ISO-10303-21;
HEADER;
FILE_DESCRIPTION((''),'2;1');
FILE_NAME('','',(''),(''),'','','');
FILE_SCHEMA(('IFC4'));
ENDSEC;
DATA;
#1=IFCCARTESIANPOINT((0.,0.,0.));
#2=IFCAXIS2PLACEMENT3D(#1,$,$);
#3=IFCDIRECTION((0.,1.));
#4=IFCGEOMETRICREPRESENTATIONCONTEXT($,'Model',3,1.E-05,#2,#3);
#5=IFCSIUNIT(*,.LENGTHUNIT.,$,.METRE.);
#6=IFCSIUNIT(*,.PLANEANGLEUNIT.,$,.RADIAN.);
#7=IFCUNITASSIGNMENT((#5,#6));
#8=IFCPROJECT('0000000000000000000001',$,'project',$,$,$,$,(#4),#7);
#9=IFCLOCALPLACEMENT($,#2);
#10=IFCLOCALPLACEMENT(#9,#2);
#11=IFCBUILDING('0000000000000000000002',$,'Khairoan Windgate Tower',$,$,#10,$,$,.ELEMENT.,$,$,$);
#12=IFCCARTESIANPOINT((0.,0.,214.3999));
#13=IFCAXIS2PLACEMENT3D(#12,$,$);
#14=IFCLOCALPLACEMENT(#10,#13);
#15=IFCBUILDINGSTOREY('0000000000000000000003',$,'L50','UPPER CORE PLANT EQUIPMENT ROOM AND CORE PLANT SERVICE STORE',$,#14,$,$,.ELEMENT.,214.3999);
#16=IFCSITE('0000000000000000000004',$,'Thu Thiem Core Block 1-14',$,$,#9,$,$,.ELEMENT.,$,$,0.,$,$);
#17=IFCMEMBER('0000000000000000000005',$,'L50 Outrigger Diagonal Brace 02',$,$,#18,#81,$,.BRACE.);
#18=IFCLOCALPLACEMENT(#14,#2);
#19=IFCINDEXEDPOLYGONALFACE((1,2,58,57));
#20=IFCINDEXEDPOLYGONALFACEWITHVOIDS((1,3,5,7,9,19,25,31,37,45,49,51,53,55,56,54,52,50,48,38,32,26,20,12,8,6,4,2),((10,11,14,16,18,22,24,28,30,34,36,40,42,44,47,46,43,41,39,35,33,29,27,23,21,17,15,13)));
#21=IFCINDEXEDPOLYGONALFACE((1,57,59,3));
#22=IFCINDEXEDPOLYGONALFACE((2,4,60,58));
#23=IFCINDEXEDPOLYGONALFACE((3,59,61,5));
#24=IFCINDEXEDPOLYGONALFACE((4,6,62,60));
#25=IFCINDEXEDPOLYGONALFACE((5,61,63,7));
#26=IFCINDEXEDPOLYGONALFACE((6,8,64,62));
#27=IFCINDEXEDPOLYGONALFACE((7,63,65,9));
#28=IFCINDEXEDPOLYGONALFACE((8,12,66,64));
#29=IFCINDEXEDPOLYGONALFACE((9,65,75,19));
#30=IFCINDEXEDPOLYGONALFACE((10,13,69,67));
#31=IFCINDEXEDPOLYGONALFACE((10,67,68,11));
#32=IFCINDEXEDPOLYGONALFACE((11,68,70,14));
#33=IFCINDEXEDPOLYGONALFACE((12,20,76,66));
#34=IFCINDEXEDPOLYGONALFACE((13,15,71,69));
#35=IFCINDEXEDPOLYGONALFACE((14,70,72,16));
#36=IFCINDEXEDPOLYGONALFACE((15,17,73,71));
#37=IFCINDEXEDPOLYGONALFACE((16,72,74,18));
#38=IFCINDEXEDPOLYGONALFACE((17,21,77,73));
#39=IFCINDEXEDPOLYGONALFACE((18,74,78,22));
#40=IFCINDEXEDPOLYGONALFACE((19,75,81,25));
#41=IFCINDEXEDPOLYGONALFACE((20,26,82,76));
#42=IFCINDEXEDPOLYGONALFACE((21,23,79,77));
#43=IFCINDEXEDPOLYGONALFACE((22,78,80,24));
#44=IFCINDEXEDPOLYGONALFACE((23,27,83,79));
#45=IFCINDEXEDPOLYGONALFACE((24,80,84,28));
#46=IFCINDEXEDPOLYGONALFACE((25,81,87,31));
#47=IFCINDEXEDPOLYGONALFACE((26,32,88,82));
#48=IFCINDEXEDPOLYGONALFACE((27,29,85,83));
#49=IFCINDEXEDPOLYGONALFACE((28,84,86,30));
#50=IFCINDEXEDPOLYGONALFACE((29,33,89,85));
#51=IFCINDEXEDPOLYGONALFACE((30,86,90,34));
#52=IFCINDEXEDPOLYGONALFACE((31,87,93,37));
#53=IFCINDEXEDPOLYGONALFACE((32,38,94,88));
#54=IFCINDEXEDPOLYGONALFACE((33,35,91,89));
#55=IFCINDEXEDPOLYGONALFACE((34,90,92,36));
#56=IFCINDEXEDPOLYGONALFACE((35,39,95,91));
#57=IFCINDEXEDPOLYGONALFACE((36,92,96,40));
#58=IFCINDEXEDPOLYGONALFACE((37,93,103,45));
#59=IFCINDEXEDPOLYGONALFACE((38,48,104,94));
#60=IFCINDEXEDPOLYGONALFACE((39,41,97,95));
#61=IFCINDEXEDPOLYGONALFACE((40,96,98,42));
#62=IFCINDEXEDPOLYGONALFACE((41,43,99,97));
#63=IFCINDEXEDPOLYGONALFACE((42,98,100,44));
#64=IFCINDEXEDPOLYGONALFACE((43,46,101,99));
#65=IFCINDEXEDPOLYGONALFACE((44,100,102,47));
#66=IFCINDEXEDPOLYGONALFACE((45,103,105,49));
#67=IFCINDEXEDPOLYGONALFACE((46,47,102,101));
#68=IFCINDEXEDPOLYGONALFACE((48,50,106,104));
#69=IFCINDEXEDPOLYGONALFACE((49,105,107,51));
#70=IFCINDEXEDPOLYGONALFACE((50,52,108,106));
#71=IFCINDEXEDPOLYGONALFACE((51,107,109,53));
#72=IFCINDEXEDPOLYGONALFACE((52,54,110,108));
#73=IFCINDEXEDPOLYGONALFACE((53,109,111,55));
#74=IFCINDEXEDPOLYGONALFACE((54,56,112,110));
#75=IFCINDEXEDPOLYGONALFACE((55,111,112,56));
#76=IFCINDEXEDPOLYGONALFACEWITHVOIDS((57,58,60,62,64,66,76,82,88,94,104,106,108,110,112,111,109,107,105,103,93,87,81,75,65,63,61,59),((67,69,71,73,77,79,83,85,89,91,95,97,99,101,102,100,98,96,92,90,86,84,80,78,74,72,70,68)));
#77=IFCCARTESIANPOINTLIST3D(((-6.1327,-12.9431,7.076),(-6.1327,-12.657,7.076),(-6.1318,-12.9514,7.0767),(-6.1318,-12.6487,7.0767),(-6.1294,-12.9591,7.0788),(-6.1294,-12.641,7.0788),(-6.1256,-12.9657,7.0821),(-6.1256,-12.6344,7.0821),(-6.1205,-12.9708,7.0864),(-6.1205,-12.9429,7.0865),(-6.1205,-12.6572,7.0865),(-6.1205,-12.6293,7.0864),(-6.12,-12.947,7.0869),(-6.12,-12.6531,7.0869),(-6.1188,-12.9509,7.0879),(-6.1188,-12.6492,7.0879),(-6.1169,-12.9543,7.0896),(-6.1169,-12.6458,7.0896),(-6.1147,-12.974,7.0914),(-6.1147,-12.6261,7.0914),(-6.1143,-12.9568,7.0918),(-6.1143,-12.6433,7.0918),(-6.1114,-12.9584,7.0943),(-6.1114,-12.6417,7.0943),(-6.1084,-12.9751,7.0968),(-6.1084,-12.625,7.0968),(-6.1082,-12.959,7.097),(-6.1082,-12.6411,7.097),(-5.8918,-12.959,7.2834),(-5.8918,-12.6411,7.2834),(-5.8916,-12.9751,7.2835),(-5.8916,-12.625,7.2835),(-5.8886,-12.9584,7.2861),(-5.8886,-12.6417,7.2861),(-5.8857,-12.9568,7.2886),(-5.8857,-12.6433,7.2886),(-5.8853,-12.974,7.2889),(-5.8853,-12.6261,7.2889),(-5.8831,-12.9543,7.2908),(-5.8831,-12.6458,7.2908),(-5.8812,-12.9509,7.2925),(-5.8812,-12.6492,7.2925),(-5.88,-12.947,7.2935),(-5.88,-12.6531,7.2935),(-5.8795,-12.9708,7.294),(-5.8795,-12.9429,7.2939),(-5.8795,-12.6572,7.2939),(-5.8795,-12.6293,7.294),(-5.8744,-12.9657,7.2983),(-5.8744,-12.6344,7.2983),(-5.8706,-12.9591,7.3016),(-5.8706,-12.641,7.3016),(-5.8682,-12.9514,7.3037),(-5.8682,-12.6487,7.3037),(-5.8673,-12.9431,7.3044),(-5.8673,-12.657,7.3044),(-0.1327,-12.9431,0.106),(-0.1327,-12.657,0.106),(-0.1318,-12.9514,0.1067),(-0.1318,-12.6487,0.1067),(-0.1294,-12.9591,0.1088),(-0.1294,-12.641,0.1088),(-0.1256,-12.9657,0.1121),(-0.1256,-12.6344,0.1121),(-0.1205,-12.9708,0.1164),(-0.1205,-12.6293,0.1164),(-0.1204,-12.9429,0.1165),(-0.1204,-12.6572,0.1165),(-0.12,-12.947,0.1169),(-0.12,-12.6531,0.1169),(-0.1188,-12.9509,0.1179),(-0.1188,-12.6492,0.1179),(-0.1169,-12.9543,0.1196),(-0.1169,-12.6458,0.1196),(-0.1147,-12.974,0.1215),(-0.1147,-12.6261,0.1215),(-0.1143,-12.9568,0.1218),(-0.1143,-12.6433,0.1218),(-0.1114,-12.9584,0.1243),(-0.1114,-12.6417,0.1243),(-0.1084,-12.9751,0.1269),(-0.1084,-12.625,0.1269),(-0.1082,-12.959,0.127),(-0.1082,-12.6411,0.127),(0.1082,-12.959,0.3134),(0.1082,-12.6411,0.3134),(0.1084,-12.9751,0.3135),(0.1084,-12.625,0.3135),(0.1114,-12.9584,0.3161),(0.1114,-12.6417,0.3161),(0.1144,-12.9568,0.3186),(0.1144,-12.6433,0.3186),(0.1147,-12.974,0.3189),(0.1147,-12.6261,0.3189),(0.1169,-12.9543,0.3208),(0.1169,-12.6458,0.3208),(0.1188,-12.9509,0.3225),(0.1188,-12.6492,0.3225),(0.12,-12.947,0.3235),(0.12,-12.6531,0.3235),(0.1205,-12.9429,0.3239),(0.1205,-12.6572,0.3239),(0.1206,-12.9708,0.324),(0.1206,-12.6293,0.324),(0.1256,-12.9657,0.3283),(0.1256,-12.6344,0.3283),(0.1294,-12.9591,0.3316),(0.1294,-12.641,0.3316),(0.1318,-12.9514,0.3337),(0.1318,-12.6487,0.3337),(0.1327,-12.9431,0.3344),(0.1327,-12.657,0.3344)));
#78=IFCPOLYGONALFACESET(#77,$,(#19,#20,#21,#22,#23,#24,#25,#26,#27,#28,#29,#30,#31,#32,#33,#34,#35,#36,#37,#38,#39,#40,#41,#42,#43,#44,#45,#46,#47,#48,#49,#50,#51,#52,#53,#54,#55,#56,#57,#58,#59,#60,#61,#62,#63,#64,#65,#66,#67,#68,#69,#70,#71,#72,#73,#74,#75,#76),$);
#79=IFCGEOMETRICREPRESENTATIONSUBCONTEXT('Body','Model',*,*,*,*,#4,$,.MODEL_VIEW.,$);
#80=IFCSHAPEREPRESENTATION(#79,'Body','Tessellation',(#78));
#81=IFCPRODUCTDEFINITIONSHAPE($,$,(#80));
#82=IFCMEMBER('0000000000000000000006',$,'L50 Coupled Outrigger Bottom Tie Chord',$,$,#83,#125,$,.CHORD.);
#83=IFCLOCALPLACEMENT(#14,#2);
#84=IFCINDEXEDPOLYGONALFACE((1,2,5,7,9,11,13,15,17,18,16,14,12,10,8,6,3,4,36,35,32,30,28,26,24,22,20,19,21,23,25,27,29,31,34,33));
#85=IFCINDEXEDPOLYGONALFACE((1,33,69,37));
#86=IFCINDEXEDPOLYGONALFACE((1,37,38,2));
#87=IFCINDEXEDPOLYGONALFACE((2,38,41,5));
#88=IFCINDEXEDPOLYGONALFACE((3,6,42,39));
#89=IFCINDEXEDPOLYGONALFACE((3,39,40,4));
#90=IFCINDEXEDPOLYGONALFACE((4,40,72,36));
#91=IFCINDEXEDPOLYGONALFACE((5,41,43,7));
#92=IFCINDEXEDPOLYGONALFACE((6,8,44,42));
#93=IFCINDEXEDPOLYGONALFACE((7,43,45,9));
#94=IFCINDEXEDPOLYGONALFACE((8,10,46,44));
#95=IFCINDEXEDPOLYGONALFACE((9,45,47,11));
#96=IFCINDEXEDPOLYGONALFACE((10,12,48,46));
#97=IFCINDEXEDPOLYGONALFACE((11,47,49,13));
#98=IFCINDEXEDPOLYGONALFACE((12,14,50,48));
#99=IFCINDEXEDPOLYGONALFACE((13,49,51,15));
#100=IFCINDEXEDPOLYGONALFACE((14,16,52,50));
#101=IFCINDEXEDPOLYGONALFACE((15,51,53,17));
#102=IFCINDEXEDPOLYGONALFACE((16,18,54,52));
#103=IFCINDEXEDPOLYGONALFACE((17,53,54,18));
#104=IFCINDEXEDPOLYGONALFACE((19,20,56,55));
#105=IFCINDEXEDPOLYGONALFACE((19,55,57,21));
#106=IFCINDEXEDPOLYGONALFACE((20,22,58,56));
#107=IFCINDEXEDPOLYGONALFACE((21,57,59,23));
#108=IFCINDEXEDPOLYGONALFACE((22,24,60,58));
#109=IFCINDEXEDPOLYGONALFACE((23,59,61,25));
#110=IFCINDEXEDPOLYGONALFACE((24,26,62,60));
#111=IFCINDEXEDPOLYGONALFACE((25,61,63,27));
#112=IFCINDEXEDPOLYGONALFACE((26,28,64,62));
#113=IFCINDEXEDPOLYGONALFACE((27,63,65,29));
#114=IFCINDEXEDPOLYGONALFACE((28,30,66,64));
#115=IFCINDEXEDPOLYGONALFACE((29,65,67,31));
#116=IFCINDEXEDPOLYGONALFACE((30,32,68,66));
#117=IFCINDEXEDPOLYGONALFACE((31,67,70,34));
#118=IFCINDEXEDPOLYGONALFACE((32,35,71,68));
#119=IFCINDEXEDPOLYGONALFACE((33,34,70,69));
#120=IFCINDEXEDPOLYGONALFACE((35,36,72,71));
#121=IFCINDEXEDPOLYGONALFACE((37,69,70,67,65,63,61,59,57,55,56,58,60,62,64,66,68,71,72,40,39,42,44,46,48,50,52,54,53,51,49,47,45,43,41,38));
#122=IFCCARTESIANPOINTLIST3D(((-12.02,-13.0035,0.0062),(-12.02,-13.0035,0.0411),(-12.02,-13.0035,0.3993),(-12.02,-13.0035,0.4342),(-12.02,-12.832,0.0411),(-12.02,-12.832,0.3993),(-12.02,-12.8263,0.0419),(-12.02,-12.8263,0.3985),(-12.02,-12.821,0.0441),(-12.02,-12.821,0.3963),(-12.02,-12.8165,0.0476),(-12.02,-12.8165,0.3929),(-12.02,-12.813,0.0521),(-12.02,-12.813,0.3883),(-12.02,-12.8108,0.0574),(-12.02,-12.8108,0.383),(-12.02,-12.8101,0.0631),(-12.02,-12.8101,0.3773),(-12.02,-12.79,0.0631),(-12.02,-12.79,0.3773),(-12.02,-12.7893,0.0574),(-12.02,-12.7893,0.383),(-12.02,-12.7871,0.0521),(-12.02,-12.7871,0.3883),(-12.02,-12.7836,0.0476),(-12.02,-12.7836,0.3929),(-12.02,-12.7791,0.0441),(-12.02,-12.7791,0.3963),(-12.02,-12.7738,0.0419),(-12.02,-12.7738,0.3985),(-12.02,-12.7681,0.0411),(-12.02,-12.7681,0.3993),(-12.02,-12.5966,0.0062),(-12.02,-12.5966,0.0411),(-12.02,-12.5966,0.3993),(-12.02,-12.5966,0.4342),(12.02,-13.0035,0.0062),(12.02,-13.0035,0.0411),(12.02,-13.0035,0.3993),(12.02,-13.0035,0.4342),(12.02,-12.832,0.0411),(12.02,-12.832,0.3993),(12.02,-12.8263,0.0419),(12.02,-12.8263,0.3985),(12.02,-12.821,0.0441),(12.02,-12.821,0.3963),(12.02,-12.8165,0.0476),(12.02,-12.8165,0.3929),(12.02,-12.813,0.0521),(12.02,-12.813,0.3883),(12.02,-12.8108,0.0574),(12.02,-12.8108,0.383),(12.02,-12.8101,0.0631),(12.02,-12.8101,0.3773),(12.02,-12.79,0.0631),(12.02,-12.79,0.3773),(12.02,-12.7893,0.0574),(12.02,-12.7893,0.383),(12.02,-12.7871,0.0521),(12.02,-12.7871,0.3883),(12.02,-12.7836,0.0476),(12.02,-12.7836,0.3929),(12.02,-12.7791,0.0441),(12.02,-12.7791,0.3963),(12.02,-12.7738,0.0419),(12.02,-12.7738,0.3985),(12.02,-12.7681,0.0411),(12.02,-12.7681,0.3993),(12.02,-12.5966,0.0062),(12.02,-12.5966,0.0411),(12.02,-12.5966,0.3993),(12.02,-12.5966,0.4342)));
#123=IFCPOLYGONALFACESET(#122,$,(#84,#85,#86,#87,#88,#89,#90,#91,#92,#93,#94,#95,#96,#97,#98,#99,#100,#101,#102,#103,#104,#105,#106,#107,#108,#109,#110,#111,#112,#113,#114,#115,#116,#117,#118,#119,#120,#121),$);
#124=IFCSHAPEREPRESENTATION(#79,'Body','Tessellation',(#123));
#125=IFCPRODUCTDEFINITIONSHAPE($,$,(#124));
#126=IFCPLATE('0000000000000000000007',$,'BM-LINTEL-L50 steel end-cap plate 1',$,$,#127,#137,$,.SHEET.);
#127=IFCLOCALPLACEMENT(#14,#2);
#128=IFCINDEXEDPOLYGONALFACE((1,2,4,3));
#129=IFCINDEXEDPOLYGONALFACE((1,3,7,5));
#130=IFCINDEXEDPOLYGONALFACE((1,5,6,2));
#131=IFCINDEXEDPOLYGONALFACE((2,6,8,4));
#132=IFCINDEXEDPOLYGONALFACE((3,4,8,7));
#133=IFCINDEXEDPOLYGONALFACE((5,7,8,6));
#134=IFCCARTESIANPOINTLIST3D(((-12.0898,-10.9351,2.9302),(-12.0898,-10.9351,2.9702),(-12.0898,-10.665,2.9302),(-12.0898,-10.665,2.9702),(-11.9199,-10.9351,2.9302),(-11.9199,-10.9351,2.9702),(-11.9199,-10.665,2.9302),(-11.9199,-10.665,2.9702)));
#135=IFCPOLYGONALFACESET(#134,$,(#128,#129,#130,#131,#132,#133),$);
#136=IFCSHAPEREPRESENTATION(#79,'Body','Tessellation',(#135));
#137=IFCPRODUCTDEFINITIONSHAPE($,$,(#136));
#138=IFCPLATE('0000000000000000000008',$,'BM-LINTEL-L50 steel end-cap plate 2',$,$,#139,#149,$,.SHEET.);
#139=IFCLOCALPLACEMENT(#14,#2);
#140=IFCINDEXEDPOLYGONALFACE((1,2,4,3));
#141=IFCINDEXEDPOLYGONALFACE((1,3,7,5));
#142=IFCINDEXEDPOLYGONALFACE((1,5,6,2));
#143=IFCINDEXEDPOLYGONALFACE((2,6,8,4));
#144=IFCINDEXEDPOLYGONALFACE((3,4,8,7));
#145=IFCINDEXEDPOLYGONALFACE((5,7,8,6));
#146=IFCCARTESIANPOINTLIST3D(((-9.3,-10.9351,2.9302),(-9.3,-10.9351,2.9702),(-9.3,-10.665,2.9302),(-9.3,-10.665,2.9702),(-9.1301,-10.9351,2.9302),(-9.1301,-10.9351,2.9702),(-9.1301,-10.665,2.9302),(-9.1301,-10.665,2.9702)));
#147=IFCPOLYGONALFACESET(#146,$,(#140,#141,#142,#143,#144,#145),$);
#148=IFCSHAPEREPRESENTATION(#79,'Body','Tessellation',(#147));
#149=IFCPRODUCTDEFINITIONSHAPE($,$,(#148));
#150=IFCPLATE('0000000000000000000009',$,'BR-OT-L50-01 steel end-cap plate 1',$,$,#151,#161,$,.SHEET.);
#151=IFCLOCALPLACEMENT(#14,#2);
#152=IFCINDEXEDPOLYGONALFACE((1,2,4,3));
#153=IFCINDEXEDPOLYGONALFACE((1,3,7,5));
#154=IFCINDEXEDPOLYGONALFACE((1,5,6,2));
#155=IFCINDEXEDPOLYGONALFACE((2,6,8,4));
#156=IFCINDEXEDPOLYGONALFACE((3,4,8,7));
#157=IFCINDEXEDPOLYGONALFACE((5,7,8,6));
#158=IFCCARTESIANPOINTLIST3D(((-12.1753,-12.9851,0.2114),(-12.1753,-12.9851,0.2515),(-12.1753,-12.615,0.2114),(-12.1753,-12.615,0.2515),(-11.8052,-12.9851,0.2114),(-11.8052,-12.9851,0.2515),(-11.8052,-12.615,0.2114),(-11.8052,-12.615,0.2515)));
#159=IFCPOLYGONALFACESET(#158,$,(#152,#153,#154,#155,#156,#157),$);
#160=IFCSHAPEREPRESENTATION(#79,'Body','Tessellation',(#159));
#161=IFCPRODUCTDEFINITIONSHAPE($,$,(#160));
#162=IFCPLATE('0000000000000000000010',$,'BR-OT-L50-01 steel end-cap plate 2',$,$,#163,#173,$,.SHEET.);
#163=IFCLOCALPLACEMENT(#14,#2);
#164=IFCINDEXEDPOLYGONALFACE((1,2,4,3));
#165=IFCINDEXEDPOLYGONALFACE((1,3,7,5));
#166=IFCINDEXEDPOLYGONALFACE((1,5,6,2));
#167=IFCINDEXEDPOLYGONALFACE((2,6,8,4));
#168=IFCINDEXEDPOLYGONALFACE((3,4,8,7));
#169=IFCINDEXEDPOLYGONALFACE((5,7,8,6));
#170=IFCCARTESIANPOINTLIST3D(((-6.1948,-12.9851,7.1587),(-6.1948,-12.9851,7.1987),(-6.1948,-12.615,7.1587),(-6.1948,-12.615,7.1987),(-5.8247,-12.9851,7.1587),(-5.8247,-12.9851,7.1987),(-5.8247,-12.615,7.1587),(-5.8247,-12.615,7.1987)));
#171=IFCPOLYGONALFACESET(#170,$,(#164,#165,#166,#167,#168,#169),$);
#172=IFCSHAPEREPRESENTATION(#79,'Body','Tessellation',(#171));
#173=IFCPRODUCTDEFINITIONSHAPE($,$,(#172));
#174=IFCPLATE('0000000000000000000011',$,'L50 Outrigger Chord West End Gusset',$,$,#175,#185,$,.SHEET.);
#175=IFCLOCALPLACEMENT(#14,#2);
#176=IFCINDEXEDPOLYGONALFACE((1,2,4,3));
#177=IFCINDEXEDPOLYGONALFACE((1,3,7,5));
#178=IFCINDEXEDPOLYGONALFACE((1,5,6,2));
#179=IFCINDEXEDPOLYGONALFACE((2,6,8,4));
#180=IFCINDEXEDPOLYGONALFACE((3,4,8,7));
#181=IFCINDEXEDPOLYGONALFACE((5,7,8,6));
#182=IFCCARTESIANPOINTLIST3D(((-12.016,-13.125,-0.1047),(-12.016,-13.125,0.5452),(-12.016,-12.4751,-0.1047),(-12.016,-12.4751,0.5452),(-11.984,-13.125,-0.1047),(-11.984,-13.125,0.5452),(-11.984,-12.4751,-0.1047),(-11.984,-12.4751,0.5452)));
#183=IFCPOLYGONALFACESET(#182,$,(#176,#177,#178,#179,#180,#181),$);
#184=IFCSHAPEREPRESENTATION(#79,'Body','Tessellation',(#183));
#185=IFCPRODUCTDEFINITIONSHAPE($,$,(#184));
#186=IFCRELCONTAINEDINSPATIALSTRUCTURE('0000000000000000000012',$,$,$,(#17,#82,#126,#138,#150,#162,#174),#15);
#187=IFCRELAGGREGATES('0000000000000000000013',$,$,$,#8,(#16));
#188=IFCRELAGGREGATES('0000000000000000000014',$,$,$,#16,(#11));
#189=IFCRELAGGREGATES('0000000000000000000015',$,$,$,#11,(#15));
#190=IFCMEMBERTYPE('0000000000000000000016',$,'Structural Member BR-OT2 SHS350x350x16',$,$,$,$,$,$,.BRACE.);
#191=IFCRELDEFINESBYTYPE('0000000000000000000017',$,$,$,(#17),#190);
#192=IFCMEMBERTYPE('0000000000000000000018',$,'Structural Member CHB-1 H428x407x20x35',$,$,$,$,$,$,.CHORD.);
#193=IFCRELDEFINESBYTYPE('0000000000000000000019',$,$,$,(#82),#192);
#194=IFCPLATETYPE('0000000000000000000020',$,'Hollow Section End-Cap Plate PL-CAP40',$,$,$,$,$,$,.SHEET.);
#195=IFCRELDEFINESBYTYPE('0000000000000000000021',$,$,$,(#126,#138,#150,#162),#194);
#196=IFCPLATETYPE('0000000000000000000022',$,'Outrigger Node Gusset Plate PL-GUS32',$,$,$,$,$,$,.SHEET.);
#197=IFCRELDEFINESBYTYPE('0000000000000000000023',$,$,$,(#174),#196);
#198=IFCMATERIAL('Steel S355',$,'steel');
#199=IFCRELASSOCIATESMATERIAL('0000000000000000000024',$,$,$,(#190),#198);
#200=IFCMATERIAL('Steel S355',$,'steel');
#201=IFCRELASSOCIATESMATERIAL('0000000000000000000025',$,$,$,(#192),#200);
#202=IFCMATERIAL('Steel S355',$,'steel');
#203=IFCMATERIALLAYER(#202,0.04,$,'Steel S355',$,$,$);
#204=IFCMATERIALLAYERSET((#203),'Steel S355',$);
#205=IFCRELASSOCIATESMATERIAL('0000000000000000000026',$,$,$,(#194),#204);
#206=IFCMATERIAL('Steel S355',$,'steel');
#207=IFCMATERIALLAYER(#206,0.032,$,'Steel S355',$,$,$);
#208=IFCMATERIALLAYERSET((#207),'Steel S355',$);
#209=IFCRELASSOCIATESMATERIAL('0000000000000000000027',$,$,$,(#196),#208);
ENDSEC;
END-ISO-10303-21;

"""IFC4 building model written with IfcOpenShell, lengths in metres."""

from ifc_helpers import new_model, si_unit, direction, frame, origin, origin_2d, place, context, subcontext, project, spatial, rectangle, hollow_rectangle, i_section, extrude, material, layer, layer_set, material_profile, profile_set, type_object, element, save


model = new_model("IFC4")

# Units and contexts
model_context = context("Model", 3, precision=1e-05, world=origin(), true_north=direction((0.0, 1.0)))
body_context = subcontext(model_context, "Body", "Model", "MODEL_VIEW")
ifc_project = project(units=[si_unit("LENGTHUNIT", "METRE"), si_unit("PLANEANGLEUNIT", "RADIAN")], contexts=[model_context])

# Site, building, storey
site_placement = place(None, origin())
site = spatial("IfcSite", under=ifc_project, at=site_placement, Name="Thu Thiem Core Block 1-14", CompositionType="ELEMENT", RefElevation=0.0)
building_placement = place(site_placement, origin())
building = spatial("IfcBuilding", under=site, at=building_placement, Name="Khairoan Windgate Tower", CompositionType="ELEMENT")
storey_placement = place(building_placement, frame((0.0, 0.0, 214.3999)))
storey = spatial("IfcBuildingStorey", under=building, at=storey_placement, Name="L50", Description="UPPER CORE PLANT EQUIPMENT ROOM AND CORE PLANT SERVICE STORE", CompositionType="ELEMENT", Elevation=214.3999)

# Members
ifc_material_1 = material(Name="Steel S355", Category="steel")
ifc_material_profile_1 = material_profile(ifc_material_1, hollow_rectangle(XDim=0.3501, YDim=0.3501, WallThickness=0.0161, InnerFilletRadius=0.0161, OuterFilletRadius=0.032, at=origin_2d()))
ifc_profile_set_1 = profile_set([ifc_material_profile_1], Name="Steel S355")
member_type_1 = type_object("IfcMemberType", Name="Structural Member BR-OT2 SHS350x350x16", PredefinedType="BRACE", material=ifc_profile_set_1)
for number, where, z_axis, x_axis, name in (
    (1, (-6.0, -12.8, 7.1902), (0.652403, 0.0, -0.757872), (0.0, 1.0, 0.0), "L50 Outrigger Diagonal Brace 02"),
):
    element("IfcMember", number, at=place(storey_placement, frame(where, z_axis=z_axis, x_axis=x_axis)), inside=storey, type_object=member_type_1, Name=name, PredefinedType="BRACE", context=body_context, shape_type="SweptSolid", body=[
        extrude(hollow_rectangle(XDim=0.3501, YDim=0.3501, WallThickness=0.0161, InnerFilletRadius=0.0161, OuterFilletRadius=0.032, at=origin_2d()), origin(), (0.0, 0.0, 1.0), 9.1968),
    ])
ifc_material_2 = material(Name="Steel S355", Category="steel")
ifc_material_profile_2 = material_profile(ifc_material_2, i_section(OverallWidth=0.407, OverallDepth=0.428, WebThickness=0.02, FlangeThickness=0.0349, FilletRadius=0.022, at=origin_2d()))
ifc_profile_set_2 = profile_set([ifc_material_profile_2], Name="Steel S355")
member_type_2 = type_object("IfcMemberType", Name="Structural Member CHB-1 H428x407x20x35", PredefinedType="CHORD", material=ifc_profile_set_2)
member_placement = place(storey_placement, frame((-12.02, -12.8, 0.2202), z_axis=(1.0, 0.0, 0.0), x_axis=(0.0, 1.0, 0.0)))
element("IfcMember", 2, at=member_placement, inside=storey, type_object=member_type_2, Name="L50 Coupled Outrigger Bottom Tie Chord", PredefinedType="CHORD", context=body_context, shape_type="SweptSolid", body=[
    extrude(i_section(OverallWidth=0.407, OverallDepth=0.428, WebThickness=0.02, FlangeThickness=0.0349, FilletRadius=0.022, at=origin_2d()), origin(), (0.0, 0.0, 1.0), 24.04),
])

# Plates
ifc_material_3 = material(Name="Steel S355", Category="steel")
ifc_layer_1 = layer(ifc_material_3, 0.04, Name="Steel S355")
ifc_layer_set_1 = layer_set([ifc_layer_1], Name="Steel S355")
plate_type_1 = type_object("IfcPlateType", Name="Hollow Section End-Cap Plate PL-CAP40", PredefinedType="SHEET", material=ifc_layer_set_1)
for number, where, z_axis, x_axis, name in (
    (3, (-12.0049, -10.8, 2.9302), (0.0, 0.0, 1.0), (1.0, 0.0, 0.0), "BM-LINTEL-L50 steel end-cap plate 1"),
    (4, (-9.2151, -10.8, 2.9302), (0.0, 0.0, 1.0), (1.0, 0.0, 0.0), "BM-LINTEL-L50 steel end-cap plate 2"),
):
    element("IfcPlate", number, at=place(storey_placement, frame(where, z_axis=z_axis, x_axis=x_axis)), inside=storey, type_object=plate_type_1, Name=name, PredefinedType="SHEET", context=body_context, shape_type="SweptSolid", body=[
        extrude(rectangle(XDim=0.1699, YDim=0.27, at=origin_2d()), origin(), (0.0, 0.0, 1.0), 0.04),
    ])
for number, where, z_axis, x_axis, name in (
    (5, (-11.9902, -12.8, 0.2114), (0.0, 0.0, 1.0), (1.0, 0.0, 0.0), "BR-OT-L50-01 steel end-cap plate 1"),
    (6, (-6.0098, -12.8, 7.1587), (0.0, 0.0, 1.0), (1.0, 0.0, 0.0), "BR-OT-L50-01 steel end-cap plate 2"),
):
    element("IfcPlate", number, at=place(storey_placement, frame(where, z_axis=z_axis, x_axis=x_axis)), inside=storey, type_object=plate_type_1, Name=name, PredefinedType="SHEET", context=body_context, shape_type="SweptSolid", body=[
        extrude(rectangle(XDim=0.3701, YDim=0.3701, at=origin_2d()), origin(), (0.0, 0.0, 1.0), 0.04),
    ])
ifc_material_4 = material(Name="Steel S355", Category="steel")
ifc_layer_2 = layer(ifc_material_4, 0.032, Name="Steel S355")
ifc_layer_set_2 = layer_set([ifc_layer_2], Name="Steel S355")
plate_type_2 = type_object("IfcPlateType", Name="Outrigger Node Gusset Plate PL-GUS32", PredefinedType="SHEET", material=ifc_layer_set_2)
plate_placement = place(storey_placement, frame((-12.0, -12.8, -0.1047), z_axis=(0.0, 0.0, 1.0), x_axis=(1.0, 0.0, 0.0)))
element("IfcPlate", 7, at=plate_placement, inside=storey, type_object=plate_type_2, Name="L50 Outrigger Chord West End Gusset", PredefinedType="SHEET", context=body_context, shape_type="SweptSolid", body=[
    extrude(rectangle(XDim=0.032, YDim=0.6499, at=origin_2d()), origin(), (0.0, 0.0, 1.0), 0.6499),
])

save(model, "model.ifc")
